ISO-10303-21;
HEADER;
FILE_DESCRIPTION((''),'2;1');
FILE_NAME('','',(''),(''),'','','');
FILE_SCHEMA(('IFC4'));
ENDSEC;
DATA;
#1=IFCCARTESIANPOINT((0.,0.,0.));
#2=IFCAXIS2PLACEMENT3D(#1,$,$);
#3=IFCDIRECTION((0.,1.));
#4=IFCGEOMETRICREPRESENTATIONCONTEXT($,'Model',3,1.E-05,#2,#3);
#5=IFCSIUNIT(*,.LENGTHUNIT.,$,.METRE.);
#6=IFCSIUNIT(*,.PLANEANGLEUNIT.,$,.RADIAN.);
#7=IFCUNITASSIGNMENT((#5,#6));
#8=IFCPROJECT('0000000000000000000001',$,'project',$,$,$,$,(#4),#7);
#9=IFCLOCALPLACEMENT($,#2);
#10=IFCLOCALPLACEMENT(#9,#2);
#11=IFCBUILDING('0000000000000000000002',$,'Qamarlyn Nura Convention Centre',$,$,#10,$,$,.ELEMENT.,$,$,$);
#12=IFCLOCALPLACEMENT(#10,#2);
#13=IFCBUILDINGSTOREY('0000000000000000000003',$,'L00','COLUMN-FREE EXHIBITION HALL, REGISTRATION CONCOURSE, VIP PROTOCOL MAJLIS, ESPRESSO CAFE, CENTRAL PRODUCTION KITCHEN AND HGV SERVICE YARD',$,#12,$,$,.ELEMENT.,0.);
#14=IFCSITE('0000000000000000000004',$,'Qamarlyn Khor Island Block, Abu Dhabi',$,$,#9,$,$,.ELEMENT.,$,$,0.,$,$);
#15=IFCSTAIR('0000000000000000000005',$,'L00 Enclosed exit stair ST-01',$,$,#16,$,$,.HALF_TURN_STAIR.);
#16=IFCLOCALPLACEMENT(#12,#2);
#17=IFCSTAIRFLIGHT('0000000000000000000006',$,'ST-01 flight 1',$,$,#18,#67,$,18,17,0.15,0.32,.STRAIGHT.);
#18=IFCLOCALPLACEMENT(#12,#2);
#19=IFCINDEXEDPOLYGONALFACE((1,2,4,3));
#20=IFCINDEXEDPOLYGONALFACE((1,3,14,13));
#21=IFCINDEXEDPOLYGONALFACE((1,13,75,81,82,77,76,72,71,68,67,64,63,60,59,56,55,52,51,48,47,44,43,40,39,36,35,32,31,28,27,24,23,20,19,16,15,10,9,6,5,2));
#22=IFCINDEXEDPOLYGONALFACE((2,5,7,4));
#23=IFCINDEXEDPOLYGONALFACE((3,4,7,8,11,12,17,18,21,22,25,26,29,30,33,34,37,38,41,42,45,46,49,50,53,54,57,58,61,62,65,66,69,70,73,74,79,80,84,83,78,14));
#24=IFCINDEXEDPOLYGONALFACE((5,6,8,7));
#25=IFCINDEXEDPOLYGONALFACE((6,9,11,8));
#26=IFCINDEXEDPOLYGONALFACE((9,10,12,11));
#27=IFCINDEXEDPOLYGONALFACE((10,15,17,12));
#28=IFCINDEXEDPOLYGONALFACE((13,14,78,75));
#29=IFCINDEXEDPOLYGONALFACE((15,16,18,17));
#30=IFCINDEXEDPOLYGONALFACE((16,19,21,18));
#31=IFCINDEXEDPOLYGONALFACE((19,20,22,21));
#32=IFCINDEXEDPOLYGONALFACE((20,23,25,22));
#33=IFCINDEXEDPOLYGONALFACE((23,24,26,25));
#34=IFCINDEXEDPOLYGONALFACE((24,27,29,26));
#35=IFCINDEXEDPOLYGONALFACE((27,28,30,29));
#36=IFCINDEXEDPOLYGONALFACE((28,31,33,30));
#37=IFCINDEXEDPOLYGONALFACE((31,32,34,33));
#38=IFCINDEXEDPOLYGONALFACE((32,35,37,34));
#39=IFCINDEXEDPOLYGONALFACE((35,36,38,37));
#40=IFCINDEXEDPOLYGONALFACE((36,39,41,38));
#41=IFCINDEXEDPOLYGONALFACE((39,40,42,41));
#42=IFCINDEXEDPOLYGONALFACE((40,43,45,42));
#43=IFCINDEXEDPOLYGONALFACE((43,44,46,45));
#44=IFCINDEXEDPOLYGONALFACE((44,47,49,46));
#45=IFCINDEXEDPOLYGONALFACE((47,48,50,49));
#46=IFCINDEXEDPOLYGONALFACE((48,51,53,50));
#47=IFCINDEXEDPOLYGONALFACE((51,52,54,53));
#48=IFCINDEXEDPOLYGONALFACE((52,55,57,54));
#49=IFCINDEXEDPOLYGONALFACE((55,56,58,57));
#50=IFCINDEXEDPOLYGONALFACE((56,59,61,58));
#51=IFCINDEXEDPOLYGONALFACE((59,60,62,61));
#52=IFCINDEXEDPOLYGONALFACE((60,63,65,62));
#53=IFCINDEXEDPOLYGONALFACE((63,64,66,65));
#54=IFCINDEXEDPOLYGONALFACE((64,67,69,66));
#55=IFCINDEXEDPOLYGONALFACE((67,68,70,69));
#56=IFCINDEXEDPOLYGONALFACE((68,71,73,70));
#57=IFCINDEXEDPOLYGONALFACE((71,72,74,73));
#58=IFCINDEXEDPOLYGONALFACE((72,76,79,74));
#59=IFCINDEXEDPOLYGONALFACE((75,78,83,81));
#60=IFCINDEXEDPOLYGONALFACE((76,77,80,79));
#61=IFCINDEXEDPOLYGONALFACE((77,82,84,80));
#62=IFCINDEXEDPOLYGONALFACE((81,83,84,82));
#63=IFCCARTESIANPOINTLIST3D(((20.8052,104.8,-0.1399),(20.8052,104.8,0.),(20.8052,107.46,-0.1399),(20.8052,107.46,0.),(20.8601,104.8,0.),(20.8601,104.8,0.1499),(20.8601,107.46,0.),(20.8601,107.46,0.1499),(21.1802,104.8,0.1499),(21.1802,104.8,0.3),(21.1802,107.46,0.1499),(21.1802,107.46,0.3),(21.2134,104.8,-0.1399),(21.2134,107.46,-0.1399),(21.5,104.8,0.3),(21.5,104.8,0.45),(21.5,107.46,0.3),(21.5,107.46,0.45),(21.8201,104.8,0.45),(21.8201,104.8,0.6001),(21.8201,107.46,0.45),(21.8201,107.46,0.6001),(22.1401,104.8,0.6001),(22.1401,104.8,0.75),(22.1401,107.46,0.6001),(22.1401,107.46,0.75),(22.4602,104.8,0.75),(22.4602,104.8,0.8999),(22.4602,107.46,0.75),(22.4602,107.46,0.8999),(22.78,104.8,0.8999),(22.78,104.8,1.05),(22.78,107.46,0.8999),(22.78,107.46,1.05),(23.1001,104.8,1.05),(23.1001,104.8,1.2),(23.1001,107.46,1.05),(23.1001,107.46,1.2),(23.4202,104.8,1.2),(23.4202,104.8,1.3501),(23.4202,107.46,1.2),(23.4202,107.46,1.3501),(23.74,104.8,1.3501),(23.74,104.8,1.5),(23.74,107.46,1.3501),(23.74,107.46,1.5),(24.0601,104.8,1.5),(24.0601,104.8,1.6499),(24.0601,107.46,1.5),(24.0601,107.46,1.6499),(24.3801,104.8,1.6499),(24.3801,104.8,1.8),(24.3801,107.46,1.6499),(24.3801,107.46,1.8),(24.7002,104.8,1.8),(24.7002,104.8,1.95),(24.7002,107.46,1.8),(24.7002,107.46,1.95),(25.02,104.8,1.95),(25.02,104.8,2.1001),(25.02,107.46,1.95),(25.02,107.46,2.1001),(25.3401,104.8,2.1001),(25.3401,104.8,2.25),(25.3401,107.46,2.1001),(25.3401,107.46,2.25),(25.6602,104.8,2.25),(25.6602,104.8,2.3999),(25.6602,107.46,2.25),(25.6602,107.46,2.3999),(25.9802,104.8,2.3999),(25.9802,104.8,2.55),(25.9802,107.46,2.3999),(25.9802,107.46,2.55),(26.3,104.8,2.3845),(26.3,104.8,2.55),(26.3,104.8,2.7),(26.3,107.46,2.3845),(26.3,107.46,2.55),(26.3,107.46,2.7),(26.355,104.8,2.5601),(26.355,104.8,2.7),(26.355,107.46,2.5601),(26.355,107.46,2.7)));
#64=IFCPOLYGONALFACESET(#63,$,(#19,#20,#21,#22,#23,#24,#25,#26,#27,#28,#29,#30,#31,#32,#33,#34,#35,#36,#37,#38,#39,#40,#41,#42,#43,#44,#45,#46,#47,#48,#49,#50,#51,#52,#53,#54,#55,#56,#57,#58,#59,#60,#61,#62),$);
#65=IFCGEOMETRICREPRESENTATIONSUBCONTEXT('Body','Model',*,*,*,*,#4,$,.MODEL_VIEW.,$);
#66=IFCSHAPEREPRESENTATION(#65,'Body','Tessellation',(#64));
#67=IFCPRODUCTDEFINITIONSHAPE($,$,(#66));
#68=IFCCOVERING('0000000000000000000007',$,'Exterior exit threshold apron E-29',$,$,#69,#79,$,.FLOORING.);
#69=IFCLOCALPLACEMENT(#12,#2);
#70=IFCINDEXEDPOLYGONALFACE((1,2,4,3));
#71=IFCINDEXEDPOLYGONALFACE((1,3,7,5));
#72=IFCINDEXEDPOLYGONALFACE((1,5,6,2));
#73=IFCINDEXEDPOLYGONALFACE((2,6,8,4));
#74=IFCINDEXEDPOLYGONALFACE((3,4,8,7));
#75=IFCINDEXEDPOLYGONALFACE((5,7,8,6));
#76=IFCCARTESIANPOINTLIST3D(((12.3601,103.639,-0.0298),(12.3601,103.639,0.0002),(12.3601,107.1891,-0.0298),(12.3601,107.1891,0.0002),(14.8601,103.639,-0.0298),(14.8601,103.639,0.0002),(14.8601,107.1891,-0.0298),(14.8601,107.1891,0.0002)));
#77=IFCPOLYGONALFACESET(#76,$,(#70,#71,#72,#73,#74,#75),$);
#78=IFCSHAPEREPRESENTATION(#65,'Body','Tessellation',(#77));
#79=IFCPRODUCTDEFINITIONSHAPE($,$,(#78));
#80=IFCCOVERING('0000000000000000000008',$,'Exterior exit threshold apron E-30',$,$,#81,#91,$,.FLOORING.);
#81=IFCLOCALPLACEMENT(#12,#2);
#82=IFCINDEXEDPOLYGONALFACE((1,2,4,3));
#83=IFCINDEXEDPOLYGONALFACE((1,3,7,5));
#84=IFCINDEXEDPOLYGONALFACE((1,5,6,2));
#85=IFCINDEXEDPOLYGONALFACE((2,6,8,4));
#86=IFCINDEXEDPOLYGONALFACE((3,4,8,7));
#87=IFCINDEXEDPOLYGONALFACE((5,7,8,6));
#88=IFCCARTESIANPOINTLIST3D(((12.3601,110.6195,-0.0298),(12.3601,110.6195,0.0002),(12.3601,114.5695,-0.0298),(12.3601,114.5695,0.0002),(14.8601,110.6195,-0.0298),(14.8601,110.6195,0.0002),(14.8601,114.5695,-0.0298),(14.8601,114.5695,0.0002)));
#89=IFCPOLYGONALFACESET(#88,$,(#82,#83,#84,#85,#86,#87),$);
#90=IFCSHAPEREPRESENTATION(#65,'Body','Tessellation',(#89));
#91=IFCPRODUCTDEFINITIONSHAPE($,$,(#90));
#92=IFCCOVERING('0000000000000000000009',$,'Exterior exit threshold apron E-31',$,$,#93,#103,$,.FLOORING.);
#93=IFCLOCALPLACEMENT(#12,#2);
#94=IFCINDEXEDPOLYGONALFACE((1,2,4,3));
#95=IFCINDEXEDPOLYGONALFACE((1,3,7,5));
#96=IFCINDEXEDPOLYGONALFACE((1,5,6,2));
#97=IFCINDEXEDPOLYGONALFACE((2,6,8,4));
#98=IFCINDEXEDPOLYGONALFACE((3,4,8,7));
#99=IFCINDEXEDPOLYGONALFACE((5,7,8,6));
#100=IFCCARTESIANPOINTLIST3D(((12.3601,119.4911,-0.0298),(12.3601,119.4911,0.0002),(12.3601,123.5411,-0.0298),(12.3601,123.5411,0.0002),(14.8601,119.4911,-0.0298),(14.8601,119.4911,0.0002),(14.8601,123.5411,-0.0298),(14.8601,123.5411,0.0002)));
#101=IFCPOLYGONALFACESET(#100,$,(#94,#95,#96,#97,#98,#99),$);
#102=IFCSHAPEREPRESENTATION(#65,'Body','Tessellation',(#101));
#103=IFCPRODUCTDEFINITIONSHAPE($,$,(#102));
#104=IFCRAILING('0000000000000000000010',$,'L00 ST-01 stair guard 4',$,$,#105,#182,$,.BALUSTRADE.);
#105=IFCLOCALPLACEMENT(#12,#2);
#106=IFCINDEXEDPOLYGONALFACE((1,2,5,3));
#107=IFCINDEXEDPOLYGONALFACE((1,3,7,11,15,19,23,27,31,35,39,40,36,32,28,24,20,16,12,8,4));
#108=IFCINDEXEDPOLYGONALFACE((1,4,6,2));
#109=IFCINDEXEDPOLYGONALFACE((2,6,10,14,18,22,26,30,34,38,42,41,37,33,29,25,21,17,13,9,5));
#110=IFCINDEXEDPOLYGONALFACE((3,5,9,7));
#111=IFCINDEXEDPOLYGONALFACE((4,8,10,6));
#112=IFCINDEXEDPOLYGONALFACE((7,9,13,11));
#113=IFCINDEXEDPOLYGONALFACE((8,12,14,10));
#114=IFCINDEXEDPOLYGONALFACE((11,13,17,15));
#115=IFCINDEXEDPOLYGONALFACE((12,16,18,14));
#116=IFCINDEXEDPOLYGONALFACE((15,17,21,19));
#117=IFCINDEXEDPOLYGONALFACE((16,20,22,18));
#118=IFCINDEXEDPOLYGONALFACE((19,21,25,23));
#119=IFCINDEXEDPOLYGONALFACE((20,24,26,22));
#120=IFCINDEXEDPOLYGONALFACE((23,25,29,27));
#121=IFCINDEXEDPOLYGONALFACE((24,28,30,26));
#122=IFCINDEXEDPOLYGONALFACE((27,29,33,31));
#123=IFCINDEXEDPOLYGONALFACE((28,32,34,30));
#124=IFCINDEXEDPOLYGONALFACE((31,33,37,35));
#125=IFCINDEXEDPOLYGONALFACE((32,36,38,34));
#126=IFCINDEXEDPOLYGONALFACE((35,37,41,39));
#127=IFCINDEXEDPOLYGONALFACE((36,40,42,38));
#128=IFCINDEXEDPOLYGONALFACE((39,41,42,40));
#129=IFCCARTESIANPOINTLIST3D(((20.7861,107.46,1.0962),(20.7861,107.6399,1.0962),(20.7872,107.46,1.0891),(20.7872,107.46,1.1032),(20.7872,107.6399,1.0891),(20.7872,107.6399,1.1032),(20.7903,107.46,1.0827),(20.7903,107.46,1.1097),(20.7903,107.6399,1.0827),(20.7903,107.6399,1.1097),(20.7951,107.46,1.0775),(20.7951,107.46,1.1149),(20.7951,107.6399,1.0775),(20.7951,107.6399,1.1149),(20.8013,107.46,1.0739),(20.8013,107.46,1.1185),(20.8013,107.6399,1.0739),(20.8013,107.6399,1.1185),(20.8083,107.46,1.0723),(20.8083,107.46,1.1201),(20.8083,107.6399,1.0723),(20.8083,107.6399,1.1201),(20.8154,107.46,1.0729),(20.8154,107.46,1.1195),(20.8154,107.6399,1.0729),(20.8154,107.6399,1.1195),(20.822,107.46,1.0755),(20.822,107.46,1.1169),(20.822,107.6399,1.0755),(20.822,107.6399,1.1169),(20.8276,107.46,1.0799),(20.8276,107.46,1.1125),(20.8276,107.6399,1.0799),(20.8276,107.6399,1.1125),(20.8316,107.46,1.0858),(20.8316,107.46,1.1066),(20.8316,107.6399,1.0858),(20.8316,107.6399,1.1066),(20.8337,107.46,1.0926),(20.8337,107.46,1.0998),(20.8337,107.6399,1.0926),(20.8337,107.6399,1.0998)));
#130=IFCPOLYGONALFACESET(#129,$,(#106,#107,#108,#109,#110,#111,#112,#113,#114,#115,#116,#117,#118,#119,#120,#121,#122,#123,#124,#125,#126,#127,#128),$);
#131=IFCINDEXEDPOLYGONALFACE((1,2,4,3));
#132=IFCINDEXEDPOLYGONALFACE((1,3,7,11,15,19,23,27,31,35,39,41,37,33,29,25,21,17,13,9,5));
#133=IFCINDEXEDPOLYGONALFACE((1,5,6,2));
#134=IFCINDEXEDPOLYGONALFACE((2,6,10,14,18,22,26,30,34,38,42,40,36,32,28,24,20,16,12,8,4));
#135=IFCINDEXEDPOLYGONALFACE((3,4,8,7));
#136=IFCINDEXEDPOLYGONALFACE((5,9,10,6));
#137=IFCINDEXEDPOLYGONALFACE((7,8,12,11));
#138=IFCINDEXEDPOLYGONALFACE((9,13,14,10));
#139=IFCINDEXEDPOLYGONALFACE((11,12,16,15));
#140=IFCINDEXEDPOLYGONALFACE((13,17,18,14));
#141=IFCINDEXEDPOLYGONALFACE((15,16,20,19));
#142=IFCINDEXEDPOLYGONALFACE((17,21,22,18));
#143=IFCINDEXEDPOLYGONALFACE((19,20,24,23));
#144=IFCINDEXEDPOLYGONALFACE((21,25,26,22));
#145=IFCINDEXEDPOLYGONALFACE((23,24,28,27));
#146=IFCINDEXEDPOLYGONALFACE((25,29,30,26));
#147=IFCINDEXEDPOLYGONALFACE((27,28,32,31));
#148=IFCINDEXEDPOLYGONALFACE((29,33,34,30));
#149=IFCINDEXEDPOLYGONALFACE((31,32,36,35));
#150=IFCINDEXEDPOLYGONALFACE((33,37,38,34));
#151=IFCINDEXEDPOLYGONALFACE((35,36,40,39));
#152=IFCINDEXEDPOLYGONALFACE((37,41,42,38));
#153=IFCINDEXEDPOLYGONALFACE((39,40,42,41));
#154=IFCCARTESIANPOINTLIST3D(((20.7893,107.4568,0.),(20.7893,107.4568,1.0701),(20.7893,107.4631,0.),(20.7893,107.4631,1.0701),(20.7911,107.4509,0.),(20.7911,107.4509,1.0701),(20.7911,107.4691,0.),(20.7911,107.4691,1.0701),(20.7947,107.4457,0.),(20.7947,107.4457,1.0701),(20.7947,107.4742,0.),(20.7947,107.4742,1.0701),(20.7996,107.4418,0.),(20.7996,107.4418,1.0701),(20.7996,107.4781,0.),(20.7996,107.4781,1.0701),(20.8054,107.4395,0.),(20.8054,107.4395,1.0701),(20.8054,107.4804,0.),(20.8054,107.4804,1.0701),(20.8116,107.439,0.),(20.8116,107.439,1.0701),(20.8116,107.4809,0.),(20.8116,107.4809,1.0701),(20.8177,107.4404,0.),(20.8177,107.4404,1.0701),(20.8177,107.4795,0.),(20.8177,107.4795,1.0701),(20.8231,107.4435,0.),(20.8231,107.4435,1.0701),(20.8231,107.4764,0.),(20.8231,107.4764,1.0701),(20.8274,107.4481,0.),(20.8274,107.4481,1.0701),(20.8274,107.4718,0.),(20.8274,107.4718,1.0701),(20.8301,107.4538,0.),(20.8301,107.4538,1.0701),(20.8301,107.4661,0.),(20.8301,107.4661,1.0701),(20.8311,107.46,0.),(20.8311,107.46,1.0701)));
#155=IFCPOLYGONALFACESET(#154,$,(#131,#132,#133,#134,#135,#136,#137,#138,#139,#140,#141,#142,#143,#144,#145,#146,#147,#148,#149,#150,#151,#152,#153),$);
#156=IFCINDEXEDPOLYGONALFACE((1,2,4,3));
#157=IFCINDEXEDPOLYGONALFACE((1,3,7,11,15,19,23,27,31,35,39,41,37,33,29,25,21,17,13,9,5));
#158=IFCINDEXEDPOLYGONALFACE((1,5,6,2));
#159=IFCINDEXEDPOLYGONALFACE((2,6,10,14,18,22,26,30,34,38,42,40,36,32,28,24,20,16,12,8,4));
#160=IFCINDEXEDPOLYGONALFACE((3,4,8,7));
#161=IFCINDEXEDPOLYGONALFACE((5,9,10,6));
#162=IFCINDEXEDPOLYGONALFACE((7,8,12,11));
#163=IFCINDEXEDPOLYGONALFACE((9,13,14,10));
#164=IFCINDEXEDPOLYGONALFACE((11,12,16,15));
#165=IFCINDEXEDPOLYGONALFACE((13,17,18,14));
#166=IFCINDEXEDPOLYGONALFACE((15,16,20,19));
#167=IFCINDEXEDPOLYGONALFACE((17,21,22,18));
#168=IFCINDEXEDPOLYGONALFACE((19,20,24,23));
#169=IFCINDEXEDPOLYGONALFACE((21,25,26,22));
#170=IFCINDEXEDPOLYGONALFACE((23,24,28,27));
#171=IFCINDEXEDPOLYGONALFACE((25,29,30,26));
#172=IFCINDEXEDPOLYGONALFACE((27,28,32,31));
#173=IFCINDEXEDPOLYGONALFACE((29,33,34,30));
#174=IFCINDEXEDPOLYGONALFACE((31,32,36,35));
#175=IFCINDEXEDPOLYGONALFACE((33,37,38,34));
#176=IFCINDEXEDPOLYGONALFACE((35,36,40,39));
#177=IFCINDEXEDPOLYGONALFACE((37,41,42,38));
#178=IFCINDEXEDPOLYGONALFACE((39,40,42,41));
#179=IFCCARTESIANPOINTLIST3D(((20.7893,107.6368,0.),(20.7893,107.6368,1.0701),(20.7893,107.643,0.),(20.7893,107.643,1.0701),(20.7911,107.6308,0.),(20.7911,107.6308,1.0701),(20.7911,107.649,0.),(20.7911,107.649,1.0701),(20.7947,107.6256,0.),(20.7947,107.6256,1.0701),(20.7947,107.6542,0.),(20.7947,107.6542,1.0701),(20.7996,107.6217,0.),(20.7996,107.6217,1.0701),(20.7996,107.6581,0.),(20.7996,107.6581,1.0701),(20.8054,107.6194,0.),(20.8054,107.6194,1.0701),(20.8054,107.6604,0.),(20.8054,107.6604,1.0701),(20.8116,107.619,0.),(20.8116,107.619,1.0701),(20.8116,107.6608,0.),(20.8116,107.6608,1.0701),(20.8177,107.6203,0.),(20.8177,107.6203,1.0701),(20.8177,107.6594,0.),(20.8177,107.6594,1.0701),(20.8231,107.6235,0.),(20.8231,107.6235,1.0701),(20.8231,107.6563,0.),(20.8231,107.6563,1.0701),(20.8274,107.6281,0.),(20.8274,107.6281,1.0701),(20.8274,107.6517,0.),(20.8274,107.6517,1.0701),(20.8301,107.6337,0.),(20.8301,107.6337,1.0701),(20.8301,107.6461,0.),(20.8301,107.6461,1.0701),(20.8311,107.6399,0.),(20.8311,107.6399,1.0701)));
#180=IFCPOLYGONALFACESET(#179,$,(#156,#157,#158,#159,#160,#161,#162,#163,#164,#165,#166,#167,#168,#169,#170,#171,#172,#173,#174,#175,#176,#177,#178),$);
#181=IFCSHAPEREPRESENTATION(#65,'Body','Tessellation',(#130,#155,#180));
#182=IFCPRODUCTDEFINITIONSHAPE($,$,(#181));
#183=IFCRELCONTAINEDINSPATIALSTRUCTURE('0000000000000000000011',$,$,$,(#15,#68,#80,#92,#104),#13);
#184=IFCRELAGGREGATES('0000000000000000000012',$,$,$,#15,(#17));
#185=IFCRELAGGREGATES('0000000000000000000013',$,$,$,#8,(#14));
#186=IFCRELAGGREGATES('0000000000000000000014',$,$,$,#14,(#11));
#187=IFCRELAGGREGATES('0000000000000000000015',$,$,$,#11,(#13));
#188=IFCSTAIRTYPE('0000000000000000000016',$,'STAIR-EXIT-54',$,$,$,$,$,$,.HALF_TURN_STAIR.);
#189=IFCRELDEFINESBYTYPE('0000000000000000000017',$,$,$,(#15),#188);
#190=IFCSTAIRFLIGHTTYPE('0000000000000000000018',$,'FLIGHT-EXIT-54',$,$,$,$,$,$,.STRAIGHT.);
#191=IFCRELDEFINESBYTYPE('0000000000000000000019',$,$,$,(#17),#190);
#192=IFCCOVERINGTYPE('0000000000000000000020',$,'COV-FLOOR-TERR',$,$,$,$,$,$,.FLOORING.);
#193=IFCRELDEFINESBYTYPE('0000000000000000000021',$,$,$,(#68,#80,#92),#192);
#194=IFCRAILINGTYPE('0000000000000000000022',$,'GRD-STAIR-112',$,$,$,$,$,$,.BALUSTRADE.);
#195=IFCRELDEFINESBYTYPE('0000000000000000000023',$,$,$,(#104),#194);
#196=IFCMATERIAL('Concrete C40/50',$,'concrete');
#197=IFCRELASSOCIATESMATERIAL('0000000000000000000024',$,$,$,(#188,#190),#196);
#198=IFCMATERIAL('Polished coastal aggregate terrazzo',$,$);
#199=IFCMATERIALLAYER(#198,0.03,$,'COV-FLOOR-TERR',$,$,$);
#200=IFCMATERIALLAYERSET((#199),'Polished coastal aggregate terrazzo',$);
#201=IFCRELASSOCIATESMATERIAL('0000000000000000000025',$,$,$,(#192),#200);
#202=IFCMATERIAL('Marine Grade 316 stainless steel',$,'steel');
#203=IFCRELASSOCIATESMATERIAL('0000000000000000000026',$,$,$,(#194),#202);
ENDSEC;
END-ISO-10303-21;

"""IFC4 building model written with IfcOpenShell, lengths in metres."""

from ifc_helpers import new_model, si_unit, direction, frame, origin, origin_2d, place, context, subcontext, project, spatial, polyline, rectangle, circle, outline, extrude, material, layer, layer_set, type_object, element, aggregate, save


model = new_model("IFC4")

# Units and contexts
model_context = context("Model", 3, precision=1e-05, world=origin(), true_north=direction((0.0, 1.0)))
body_context = subcontext(model_context, "Body", "Model", "MODEL_VIEW")
ifc_project = project(units=[si_unit("LENGTHUNIT", "METRE"), si_unit("PLANEANGLEUNIT", "RADIAN")], contexts=[model_context])

# Site, building, storey
site_placement = place(None, origin())
site = spatial("IfcSite", under=ifc_project, at=site_placement, Name="Qamarlyn Khor Island Block, Abu Dhabi", CompositionType="ELEMENT", RefElevation=0.0)
building_placement = place(site_placement, origin())
building = spatial("IfcBuilding", under=site, at=building_placement, Name="Qamarlyn Nura Convention Centre", CompositionType="ELEMENT")
storey_placement = place(building_placement, origin())
storey = spatial("IfcBuildingStorey", under=building, at=storey_placement, Name="L00", Description="COLUMN-FREE EXHIBITION HALL, REGISTRATION CONCOURSE, VIP PROTOCOL MAJLIS, ESPRESSO CAFE, CENTRAL PRODUCTION KITCHEN AND HGV SERVICE YARD", CompositionType="ELEMENT", Elevation=0.0)

# Shared definitions
ifc_material_1 = material(Name="Concrete C40/50", Category="concrete")

# Stair, stair flight
stair_type = type_object("IfcStairType", Name="STAIR-EXIT-54", PredefinedType="HALF_TURN_STAIR", material=ifc_material_1)
stair_placement = place(storey_placement, origin())
stair = element("IfcStair", 1, at=stair_placement, inside=storey, type_object=stair_type, Name="L00 Enclosed exit stair ST-01", PredefinedType="HALF_TURN_STAIR")
stair_flight_type = type_object("IfcStairFlightType", Name="FLIGHT-EXIT-54", PredefinedType="STRAIGHT", material=ifc_material_1)
stair_flight_placement = place(storey_placement, frame((20.8601, 106.1299, 0.0), z_axis=(0.0, 0.0, 1.0), x_axis=(1.0, 0.0, 0.0)))
stair_flight = element("IfcStairFlight", 2, at=stair_flight_placement, type_object=stair_flight_type, Name="ST-01 flight 1", NumberOfRisers=18, NumberOfTreads=17, PredefinedType="STRAIGHT", RiserHeight=0.15, TreadLength=0.32, context=body_context, shape_type="SweptSolid", body=[
    extrude(outline(polyline([(-0.0549, 0.0), (0.0, 0.0), (0.0, 0.1499), (0.3201, 0.1499), (0.3201, 0.3), (0.6399, 0.3), (0.6399, 0.45), (0.96, 0.45), (0.96, 0.6001), (1.28, 0.6001), (1.28, 0.75), (1.6001, 0.75), (1.6001, 0.8999), (1.9199, 0.8999), (1.9199, 1.05), (2.24, 1.05), (2.24, 1.2), (2.5601, 1.2), (2.5601, 1.3501), (2.8799, 1.3501), (2.8799, 1.5), (3.2, 1.5), (3.2, 1.6499), (3.52, 1.6499), (3.52, 1.8), (3.8401, 1.8), (3.8401, 1.95), (4.1599, 1.95), (4.1599, 2.1001), (4.48, 2.1001), (4.48, 2.25), (4.8, 2.25), (4.8, 2.3999), (5.1201, 2.3999), (5.1201, 2.55), (5.4399, 2.55), (5.4399, 2.7), (5.4949, 2.7), (5.4949, 2.5601), (5.4399, 2.3845), (0.3533, -0.1399), (-0.0549, -0.1399), (-0.0549, 0.0)])), frame((0.0, 1.3301, 0.0), z_axis=(0.0, -1.0, 0.0), x_axis=(1.0, 0.0, 0.0)), (0.0, 0.0, 1.0), 2.6599),
])
aggregate(stair, [stair_flight])

# Coverings
ifc_material_2 = material(Name="Polished coastal aggregate terrazzo")
ifc_layer_1 = layer(ifc_material_2, 0.03, Name="COV-FLOOR-TERR")
ifc_layer_set_1 = layer_set([ifc_layer_1], Name="Polished coastal aggregate terrazzo")
covering_type = type_object("IfcCoveringType", Name="COV-FLOOR-TERR", PredefinedType="FLOORING", material=ifc_layer_set_1)
covering_1_placement = place(storey_placement, frame((13.6101, 105.4141, -0.0298), z_axis=(0.0, 0.0, 1.0), x_axis=(0.0, 1.0, 0.0)))
element("IfcCovering", 3, at=covering_1_placement, inside=storey, type_object=covering_type, Name="Exterior exit threshold apron E-29", PredefinedType="FLOORING", context=body_context, shape_type="SweptSolid", body=[
    extrude(rectangle(XDim=3.55, YDim=2.5, at=origin_2d()), origin(), (0.0, 0.0, 1.0), 0.03),
])
covering_2_placement = place(storey_placement, frame((13.6101, 112.5945, -0.0298), z_axis=(0.0, 0.0, 1.0), x_axis=(0.0, 1.0, 0.0)))
element("IfcCovering", 4, at=covering_2_placement, inside=storey, type_object=covering_type, Name="Exterior exit threshold apron E-30", PredefinedType="FLOORING", context=body_context, shape_type="SweptSolid", body=[
    extrude(rectangle(XDim=3.95, YDim=2.5, at=origin_2d()), origin(), (0.0, 0.0, 1.0), 0.03),
])
covering_3_placement = place(storey_placement, frame((13.6101, 121.5161, -0.0298), z_axis=(0.0, 0.0, 1.0), x_axis=(0.0, 1.0, 0.0)))
element("IfcCovering", 5, at=covering_3_placement, inside=storey, type_object=covering_type, Name="Exterior exit threshold apron E-31", PredefinedType="FLOORING", context=body_context, shape_type="SweptSolid", body=[
    extrude(rectangle(XDim=4.05, YDim=2.5, at=origin_2d()), origin(), (0.0, 0.0, 1.0), 0.03),
])

# Railing
ifc_material_3 = material(Name="Marine Grade 316 stainless steel", Category="steel")
railing_type_1 = type_object("IfcRailingType", Name="GRD-STAIR-112", PredefinedType="BALUSTRADE", material=ifc_material_3)
railing_1_placement = place(storey_placement, frame((20.8101, 107.46, 0.0)))
element("IfcRailing", 6, at=railing_1_placement, inside=storey, type_object=railing_type_1, Name="L00 ST-01 stair guard 4", PredefinedType="BALUSTRADE", context=body_context, shape_type="SweptSolid", body=[
    extrude(circle(Radius=0.0239, at=origin_2d()), frame((0.0, 0.0, 1.0962), z_axis=(0.0, 1.0, 0.0), x_axis=(-1.0, 0.0, 0.0)), (0.0, 0.0, 1.0), 0.1799),
    extrude(circle(Radius=0.021, at=origin_2d()), origin(), (0.0, 0.0, 1.0), 1.0701),
    extrude(circle(Radius=0.021, at=origin_2d()), frame((0.0, 0.1799, 0.0)), (0.0, 0.0, 1.0), 1.0701),
])

save(model, "model.ifc")
